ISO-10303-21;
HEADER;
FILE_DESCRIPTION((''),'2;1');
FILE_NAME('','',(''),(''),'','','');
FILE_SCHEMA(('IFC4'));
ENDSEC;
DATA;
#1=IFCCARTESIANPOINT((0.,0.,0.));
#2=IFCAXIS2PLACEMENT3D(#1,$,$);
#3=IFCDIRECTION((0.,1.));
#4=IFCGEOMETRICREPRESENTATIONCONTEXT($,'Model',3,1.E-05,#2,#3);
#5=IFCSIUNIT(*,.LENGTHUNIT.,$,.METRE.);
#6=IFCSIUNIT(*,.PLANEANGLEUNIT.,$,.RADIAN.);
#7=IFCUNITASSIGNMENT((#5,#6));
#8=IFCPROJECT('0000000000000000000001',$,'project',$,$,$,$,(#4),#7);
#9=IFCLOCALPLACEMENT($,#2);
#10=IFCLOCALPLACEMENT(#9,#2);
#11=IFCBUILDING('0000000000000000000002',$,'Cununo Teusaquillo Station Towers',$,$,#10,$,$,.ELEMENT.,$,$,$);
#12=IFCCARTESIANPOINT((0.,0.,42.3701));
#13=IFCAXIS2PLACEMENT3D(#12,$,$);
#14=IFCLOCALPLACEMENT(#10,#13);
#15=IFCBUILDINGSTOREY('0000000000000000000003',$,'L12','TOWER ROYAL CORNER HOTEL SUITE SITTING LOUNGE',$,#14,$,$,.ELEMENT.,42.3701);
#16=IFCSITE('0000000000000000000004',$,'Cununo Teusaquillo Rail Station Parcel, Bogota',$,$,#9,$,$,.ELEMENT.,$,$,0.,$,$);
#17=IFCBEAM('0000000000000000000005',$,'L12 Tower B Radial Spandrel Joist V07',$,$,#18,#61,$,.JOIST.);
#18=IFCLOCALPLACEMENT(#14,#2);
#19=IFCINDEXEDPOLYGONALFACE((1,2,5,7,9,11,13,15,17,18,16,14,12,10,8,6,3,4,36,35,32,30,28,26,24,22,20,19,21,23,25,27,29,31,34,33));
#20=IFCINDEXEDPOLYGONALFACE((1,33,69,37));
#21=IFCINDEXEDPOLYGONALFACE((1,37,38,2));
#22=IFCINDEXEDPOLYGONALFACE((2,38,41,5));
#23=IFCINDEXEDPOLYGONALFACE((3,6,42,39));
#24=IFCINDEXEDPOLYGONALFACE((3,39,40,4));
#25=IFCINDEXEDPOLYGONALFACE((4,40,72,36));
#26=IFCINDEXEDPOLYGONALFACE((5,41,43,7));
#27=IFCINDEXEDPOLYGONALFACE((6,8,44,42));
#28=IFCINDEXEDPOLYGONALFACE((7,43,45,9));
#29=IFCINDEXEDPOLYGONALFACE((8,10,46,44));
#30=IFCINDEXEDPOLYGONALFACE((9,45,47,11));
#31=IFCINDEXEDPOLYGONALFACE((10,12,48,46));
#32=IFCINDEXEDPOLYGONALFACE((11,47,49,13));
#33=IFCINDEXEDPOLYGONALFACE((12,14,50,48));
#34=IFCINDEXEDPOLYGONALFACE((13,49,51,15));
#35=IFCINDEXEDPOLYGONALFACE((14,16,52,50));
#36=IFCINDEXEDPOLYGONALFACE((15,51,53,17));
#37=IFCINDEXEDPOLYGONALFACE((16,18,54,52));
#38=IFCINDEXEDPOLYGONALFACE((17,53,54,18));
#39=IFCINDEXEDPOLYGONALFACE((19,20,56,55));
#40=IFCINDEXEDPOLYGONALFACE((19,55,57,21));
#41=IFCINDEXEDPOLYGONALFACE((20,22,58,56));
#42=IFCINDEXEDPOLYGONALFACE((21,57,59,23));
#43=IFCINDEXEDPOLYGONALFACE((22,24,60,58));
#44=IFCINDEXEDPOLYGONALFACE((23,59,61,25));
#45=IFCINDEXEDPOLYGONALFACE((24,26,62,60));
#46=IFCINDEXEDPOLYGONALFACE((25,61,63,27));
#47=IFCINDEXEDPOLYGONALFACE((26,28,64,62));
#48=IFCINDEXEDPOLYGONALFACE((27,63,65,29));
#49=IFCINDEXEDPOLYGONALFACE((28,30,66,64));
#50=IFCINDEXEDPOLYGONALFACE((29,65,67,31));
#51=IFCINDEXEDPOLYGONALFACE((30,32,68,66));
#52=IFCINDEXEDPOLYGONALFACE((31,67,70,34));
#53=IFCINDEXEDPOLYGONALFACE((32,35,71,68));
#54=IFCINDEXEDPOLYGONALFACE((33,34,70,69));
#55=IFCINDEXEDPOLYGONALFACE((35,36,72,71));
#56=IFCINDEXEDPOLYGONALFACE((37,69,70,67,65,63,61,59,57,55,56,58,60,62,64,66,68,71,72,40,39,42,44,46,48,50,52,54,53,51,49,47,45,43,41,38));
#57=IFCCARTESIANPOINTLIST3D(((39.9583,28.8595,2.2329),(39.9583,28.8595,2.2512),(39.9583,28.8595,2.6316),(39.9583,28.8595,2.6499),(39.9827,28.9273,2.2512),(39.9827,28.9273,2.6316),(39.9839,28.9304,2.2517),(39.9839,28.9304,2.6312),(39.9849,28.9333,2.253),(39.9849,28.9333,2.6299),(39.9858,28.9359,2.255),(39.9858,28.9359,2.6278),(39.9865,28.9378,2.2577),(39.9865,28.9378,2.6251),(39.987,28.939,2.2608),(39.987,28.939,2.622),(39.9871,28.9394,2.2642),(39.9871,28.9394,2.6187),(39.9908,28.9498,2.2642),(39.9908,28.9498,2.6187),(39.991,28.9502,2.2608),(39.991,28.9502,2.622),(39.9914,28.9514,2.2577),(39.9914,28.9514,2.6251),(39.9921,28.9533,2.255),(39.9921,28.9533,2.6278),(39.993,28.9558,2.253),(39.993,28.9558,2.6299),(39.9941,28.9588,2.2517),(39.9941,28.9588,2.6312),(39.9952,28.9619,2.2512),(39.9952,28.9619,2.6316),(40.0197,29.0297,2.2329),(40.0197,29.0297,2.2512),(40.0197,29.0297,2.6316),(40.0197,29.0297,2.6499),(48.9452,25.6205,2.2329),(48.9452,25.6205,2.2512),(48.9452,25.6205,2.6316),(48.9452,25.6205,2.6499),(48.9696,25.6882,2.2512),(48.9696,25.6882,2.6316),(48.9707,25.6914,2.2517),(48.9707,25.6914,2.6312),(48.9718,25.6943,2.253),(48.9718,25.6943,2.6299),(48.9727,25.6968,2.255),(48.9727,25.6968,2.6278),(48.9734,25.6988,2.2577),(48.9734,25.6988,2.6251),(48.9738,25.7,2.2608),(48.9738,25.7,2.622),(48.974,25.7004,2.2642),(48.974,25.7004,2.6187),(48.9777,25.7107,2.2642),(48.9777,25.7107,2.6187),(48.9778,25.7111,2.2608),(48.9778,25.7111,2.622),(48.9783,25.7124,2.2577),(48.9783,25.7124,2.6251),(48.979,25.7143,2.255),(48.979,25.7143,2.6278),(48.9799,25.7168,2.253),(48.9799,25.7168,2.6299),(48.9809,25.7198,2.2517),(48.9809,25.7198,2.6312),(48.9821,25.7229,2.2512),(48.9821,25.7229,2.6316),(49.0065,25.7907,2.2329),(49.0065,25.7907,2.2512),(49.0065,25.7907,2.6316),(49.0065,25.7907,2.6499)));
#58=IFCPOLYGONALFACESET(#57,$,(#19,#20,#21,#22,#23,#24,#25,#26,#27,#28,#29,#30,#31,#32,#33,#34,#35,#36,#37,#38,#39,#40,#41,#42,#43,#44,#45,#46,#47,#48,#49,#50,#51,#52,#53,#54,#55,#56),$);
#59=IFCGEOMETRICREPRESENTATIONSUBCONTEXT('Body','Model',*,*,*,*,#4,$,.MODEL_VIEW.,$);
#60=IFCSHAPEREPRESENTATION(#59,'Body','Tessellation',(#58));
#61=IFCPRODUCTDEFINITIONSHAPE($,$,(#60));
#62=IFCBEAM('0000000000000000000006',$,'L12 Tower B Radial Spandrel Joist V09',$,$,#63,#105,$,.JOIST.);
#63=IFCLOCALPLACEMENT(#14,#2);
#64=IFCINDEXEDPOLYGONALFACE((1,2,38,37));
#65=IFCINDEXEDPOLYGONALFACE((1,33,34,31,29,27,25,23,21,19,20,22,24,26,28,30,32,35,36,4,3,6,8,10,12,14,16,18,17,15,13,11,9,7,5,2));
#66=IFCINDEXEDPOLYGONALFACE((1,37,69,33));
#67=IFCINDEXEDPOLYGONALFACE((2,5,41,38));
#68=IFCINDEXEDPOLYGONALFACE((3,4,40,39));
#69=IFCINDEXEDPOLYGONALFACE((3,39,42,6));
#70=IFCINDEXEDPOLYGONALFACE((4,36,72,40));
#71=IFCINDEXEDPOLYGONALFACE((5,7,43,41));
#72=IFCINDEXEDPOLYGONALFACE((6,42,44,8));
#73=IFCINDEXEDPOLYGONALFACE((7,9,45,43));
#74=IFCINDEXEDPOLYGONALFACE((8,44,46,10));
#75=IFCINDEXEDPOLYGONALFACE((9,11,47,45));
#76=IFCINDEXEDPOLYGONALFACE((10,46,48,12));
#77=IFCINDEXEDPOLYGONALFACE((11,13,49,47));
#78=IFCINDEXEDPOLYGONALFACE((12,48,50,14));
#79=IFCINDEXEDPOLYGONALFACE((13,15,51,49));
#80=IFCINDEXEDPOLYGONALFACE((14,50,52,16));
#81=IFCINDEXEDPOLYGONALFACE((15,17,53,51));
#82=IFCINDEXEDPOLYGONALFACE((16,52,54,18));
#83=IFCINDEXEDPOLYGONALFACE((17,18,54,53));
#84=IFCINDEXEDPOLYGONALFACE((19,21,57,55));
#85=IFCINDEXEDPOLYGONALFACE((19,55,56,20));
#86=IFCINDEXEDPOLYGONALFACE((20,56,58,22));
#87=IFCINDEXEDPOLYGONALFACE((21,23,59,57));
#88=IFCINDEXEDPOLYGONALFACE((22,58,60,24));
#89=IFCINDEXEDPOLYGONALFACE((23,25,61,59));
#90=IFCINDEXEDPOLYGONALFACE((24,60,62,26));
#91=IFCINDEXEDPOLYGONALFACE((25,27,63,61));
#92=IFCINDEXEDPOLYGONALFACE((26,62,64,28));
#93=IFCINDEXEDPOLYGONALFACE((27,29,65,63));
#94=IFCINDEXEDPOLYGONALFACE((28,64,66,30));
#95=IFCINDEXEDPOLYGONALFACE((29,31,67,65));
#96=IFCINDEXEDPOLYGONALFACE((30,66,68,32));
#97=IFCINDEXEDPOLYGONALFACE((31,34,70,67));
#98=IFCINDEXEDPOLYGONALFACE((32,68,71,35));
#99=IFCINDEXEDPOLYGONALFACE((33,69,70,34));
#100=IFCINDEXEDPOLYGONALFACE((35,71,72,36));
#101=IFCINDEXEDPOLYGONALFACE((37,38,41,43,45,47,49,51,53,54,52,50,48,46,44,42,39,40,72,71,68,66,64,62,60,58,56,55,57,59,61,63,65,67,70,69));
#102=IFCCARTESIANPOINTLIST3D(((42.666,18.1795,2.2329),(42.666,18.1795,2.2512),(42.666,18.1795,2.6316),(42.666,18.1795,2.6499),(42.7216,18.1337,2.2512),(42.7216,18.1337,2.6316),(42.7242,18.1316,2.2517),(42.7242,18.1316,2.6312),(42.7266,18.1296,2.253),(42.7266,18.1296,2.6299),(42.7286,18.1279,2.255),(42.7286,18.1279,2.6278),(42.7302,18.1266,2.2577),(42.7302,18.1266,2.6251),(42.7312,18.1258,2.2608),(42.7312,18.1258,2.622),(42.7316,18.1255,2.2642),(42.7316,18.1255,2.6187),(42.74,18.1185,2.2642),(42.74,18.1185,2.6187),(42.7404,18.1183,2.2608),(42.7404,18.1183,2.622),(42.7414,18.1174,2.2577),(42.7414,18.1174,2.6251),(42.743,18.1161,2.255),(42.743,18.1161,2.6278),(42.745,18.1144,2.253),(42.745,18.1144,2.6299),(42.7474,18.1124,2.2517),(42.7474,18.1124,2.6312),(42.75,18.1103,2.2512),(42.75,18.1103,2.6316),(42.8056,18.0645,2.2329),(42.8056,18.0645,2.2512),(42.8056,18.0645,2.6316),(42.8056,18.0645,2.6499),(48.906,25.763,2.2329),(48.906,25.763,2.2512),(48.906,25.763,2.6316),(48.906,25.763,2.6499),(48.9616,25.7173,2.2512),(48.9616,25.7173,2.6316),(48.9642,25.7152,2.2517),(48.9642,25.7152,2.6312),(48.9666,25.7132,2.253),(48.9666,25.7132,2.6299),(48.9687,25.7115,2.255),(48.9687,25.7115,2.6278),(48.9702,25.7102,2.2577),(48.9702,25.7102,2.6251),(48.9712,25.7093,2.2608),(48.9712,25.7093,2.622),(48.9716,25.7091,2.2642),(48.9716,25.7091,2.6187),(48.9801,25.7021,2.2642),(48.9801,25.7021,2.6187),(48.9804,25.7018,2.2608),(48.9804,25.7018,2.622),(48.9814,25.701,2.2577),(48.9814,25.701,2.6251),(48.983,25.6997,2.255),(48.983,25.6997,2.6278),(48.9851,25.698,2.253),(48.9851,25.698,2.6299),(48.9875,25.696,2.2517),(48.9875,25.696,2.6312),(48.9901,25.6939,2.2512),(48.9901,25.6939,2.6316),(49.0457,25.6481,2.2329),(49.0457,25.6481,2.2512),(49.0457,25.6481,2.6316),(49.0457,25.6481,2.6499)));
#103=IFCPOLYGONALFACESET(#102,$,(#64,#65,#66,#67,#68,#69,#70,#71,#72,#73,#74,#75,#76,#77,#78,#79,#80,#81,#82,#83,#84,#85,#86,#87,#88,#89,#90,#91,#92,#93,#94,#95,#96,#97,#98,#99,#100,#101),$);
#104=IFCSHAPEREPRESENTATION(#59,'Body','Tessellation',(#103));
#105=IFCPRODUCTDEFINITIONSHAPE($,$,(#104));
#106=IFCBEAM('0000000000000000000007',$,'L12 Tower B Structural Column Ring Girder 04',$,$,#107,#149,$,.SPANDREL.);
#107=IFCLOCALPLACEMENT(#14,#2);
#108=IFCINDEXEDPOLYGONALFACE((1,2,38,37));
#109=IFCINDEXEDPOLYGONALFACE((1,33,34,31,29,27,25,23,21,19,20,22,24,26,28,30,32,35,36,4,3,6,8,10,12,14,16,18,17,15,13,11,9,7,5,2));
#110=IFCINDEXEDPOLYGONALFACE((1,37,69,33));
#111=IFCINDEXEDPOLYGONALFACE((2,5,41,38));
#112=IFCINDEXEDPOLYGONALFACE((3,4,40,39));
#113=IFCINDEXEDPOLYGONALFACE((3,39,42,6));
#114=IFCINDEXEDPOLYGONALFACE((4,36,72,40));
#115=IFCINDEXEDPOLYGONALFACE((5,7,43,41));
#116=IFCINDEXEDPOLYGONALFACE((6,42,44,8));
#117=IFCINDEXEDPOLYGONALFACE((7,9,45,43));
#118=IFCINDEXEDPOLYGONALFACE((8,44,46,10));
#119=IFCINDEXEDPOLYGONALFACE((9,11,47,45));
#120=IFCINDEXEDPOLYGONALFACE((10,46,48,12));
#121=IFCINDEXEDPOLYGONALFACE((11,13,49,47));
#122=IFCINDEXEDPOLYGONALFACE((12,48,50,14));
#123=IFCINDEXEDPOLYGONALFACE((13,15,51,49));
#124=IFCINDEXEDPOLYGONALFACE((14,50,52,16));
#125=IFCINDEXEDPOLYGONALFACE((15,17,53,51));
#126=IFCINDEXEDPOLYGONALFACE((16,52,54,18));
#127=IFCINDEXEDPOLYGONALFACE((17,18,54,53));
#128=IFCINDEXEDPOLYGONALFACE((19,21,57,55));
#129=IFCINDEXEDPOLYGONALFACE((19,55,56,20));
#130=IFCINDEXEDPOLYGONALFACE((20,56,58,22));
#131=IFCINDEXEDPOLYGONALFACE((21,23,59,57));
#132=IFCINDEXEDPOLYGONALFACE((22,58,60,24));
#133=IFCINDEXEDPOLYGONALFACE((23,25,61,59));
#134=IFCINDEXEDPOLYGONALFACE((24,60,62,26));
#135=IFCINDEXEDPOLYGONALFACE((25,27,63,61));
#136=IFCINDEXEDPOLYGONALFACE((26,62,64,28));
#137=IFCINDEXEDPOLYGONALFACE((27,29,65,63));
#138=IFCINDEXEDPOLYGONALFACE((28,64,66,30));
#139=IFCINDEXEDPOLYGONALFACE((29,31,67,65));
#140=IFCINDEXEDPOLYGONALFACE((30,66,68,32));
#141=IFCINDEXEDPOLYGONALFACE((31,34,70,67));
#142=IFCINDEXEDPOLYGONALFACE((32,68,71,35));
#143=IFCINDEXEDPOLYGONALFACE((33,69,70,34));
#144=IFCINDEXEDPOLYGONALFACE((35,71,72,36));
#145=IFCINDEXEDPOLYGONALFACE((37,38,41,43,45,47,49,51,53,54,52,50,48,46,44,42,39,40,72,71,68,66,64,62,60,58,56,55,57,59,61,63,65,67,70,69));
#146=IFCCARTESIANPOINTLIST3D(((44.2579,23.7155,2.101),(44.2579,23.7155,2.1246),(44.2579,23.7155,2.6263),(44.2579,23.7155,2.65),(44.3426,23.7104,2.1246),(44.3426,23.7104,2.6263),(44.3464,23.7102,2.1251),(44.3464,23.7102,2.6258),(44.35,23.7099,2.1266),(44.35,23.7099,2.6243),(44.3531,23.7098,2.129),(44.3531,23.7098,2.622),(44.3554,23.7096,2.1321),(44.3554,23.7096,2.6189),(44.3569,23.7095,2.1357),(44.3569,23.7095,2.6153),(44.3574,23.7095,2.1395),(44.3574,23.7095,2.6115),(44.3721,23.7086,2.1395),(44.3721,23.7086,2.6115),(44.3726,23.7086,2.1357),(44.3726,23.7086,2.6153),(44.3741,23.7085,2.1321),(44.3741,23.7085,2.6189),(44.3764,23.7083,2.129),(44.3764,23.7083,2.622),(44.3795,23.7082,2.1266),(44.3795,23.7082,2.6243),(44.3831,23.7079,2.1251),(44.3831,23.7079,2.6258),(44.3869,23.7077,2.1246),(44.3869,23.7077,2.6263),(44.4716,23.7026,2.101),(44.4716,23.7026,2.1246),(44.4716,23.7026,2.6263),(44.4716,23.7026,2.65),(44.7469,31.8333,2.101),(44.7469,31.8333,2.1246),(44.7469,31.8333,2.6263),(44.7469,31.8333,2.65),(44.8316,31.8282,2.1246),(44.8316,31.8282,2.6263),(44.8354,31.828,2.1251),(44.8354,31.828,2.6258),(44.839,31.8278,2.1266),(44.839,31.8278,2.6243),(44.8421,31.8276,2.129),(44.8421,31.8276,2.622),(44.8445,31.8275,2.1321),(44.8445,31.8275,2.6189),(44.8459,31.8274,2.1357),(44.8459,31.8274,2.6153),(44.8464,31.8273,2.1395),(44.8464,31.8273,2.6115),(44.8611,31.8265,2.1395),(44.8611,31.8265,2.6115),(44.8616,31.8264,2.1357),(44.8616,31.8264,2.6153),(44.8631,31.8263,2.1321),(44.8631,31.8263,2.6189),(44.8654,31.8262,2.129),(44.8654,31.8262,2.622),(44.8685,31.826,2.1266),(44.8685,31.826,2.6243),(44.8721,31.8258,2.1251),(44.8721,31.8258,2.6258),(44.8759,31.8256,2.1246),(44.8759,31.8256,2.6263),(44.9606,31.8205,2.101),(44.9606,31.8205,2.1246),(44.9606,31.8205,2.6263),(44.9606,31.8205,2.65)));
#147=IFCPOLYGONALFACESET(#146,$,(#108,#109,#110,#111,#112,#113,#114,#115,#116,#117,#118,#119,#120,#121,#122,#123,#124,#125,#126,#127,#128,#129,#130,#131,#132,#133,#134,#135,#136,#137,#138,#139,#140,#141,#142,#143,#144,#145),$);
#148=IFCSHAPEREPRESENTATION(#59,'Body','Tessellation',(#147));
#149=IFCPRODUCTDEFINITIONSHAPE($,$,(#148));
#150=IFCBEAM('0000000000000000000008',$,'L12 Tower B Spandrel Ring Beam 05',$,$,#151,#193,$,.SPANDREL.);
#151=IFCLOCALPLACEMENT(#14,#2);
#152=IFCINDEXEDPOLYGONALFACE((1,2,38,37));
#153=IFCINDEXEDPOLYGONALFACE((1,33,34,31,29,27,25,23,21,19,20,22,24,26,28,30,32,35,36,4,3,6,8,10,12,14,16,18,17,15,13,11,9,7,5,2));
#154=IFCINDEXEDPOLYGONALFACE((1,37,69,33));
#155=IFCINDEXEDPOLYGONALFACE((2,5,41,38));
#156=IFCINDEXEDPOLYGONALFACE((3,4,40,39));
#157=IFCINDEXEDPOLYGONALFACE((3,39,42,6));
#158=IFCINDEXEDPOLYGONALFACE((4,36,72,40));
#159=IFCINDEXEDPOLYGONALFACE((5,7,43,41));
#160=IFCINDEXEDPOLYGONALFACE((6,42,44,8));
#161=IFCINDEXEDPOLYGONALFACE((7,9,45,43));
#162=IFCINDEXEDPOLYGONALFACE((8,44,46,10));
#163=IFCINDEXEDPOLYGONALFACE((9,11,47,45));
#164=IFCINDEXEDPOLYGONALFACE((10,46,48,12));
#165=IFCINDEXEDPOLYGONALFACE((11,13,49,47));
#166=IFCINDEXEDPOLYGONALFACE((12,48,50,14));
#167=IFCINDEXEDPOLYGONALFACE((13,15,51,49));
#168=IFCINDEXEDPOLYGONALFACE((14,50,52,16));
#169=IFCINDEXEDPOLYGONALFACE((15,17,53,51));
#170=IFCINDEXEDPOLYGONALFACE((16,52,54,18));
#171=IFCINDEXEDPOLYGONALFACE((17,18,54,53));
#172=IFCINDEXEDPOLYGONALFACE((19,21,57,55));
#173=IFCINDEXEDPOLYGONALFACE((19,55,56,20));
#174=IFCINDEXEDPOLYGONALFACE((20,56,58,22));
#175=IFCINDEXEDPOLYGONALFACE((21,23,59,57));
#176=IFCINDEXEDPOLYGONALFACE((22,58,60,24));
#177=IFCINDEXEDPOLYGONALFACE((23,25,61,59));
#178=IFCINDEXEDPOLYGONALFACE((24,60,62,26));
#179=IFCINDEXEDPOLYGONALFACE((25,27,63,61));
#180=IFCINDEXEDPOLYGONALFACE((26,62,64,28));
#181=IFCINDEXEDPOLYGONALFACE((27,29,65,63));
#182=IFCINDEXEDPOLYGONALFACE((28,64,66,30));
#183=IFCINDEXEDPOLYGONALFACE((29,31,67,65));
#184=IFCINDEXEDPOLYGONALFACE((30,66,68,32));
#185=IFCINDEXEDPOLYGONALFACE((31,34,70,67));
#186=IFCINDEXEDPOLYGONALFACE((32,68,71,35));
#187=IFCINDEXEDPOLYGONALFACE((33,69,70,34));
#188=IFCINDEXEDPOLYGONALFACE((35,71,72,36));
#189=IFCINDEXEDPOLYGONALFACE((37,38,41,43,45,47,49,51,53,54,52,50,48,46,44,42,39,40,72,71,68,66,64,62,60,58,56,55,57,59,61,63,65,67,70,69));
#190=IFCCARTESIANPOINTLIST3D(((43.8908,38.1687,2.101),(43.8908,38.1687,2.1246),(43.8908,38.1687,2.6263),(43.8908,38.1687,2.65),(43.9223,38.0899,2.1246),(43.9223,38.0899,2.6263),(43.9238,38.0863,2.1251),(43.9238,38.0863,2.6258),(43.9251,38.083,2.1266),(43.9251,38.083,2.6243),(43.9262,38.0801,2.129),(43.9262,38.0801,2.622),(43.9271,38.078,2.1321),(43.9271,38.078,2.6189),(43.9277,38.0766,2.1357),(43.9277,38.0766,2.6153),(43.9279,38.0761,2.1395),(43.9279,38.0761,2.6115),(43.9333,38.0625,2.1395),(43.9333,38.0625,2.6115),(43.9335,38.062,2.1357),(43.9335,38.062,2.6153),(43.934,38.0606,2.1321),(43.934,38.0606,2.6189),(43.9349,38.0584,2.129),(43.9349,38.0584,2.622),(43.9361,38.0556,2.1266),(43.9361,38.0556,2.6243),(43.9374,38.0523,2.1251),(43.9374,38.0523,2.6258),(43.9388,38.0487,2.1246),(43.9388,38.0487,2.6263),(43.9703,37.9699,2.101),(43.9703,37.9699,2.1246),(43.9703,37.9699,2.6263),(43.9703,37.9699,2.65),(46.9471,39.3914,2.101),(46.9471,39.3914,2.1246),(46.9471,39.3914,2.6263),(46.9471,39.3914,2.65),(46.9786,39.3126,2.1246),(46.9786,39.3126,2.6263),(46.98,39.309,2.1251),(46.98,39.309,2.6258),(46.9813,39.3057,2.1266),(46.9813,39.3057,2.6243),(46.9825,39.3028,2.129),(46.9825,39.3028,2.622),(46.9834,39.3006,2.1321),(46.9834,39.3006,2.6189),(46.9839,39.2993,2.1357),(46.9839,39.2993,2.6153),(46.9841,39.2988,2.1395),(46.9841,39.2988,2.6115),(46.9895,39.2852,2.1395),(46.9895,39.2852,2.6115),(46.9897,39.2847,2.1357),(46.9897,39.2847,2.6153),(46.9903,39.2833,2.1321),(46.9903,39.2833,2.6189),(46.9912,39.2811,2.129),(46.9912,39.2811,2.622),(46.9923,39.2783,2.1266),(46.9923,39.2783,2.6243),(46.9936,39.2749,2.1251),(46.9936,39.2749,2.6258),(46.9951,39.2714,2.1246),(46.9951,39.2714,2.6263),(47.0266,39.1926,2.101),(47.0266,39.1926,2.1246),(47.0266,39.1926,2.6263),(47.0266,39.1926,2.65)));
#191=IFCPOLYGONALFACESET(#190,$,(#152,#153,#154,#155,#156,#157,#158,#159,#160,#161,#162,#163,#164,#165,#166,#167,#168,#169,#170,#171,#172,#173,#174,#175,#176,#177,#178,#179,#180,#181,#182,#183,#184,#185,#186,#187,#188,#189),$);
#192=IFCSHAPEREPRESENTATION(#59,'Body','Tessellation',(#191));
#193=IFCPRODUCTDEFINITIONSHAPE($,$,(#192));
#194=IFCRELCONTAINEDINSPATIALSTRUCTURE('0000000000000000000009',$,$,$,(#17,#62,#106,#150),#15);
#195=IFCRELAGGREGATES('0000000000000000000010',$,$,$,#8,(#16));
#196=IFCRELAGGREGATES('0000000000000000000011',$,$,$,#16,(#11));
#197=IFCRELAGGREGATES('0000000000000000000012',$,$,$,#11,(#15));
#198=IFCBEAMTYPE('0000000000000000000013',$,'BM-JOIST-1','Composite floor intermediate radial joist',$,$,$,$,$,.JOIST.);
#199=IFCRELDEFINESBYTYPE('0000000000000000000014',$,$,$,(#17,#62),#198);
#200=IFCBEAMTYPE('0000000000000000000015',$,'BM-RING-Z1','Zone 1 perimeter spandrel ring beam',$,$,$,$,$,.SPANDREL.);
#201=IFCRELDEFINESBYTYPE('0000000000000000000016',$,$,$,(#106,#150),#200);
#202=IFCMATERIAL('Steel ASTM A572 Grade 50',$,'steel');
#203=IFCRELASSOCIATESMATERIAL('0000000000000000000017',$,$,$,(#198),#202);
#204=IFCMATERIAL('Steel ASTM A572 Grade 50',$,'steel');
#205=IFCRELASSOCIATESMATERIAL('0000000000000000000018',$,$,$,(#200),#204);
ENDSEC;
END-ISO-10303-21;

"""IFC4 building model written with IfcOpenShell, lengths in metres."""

from ifc_helpers import new_model, si_unit, direction, frame, origin, origin_2d, place, context, subcontext, project, spatial, i_section, extrude, material, material_profile, profile_set, type_object, element, save


model = new_model("IFC4")

# Units and contexts
model_context = context("Model", 3, precision=1e-05, world=origin(), true_north=direction((0.0, 1.0)))
body_context = subcontext(model_context, "Body", "Model", "MODEL_VIEW")
ifc_project = project(units=[si_unit("LENGTHUNIT", "METRE"), si_unit("PLANEANGLEUNIT", "RADIAN")], contexts=[model_context])

# Site, building, storey
site_placement = place(None, origin())
site = spatial("IfcSite", under=ifc_project, at=site_placement, Name="Cununo Teusaquillo Rail Station Parcel, Bogota", CompositionType="ELEMENT", RefElevation=0.0)
building_placement = place(site_placement, origin())
building = spatial("IfcBuilding", under=site, at=building_placement, Name="Cununo Teusaquillo Station Towers", CompositionType="ELEMENT")
storey_placement = place(building_placement, frame((0.0, 0.0, 42.3701)))
storey = spatial("IfcBuildingStorey", under=building, at=storey_placement, Name="L12", Description="TOWER ROYAL CORNER HOTEL SUITE SITTING LOUNGE", CompositionType="ELEMENT", Elevation=42.3701)

# Beams
ifc_material_1 = material(Name="Steel ASTM A572 Grade 50", Category="steel")
ifc_material_profile_1 = material_profile(ifc_material_1, i_section(OverallWidth=0.1809, OverallDepth=0.417, WebThickness=0.011, FlangeThickness=0.0183, FilletRadius=0.0129, at=origin_2d()), Name="W16X57")
ifc_profile_set_1 = profile_set([ifc_material_profile_1], Name="Steel ASTM A572 Grade 50")
beam_type_1 = type_object("IfcBeamType", Name="BM-JOIST-1", Description="Composite floor intermediate radial joist", PredefinedType="JOIST", material=ifc_profile_set_1)
beam_1_placement = place(storey_placement, frame((48.9758, 25.7056, 2.4414), z_axis=(-0.940762, 0.339068, 0.0), x_axis=(-0.339068, -0.940762, 0.0)))
element("IfcBeam", 1, at=beam_1_placement, inside=storey, type_object=beam_type_1, Name="L12 Tower B Radial Spandrel Joist V07", PredefinedType="JOIST", context=body_context, shape_type="SweptSolid", body=[
    extrude(i_section(OverallWidth=0.1809, OverallDepth=0.417, WebThickness=0.011, FlangeThickness=0.0183, FilletRadius=0.0129, at=origin_2d()), origin(), (0.0, 0.0, 1.0), 9.5527),
])
beam_2_placement = place(storey_placement, frame((48.9758, 25.7056, 2.4414), z_axis=(-0.635389, -0.772192, 0.0), x_axis=(0.772192, -0.635389, 0.0)))
element("IfcBeam", 2, at=beam_2_placement, inside=storey, type_object=beam_type_1, Name="L12 Tower B Radial Spandrel Joist V09", PredefinedType="JOIST", context=body_context, shape_type="SweptSolid", body=[
    extrude(i_section(OverallWidth=0.1809, OverallDepth=0.417, WebThickness=0.011, FlangeThickness=0.0183, FilletRadius=0.0129, at=origin_2d()), origin(), (0.0, 0.0, 1.0), 9.8208),
])
ifc_material_2 = material(Name="Steel ASTM A572 Grade 50", Category="steel")
ifc_material_profile_2 = material_profile(ifc_material_2, i_section(OverallWidth=0.2141, OverallDepth=0.5491, WebThickness=0.0146, FlangeThickness=0.0237, FilletRadius=0.0149, at=origin_2d()), Name="W21X93")
ifc_profile_set_2 = profile_set([ifc_material_profile_2], Name="Steel ASTM A572 Grade 50")
beam_type_2 = type_object("IfcBeamType", Name="BM-RING-Z1", Description="Zone 1 perimeter spandrel ring beam", PredefinedType="SPANDREL", material=ifc_profile_set_2)
beam_3_placement = place(storey_placement, frame((44.8538, 31.8269, 2.3755), z_axis=(-0.06013, -0.998191, 0.0), x_axis=(0.998191, -0.06013, 0.0)))
element("IfcBeam", 3, at=beam_3_placement, inside=storey, type_object=beam_type_2, Name="L12 Tower B Structural Column Ring Girder 04", PredefinedType="SPANDREL", context=body_context, shape_type="SweptSolid", body=[
    extrude(i_section(OverallWidth=0.2141, OverallDepth=0.5491, WebThickness=0.0146, FlangeThickness=0.0237, FilletRadius=0.0149, at=origin_2d()), origin(), (0.0, 0.0, 1.0), 8.1326),
])
for number, where, z_axis, x_axis, name in (
    (4, (46.9868, 39.292, 2.3755), (-0.928456, -0.371442, 0.0), (0.371442, -0.928456, 0.0), "L12 Tower B Spandrel Ring Beam 05"),
):
    element("IfcBeam", number, at=place(storey_placement, frame(where, z_axis=z_axis, x_axis=x_axis)), inside=storey, type_object=beam_type_2, Name=name, PredefinedType="SPANDREL", context=body_context, shape_type="SweptSolid", body=[
        extrude(i_section(OverallWidth=0.2141, OverallDepth=0.5491, WebThickness=0.0146, FlangeThickness=0.0237, FilletRadius=0.0149, at=origin_2d()), origin(), (0.0, 0.0, 1.0), 3.2917),
    ])

save(model, "model.ifc")
